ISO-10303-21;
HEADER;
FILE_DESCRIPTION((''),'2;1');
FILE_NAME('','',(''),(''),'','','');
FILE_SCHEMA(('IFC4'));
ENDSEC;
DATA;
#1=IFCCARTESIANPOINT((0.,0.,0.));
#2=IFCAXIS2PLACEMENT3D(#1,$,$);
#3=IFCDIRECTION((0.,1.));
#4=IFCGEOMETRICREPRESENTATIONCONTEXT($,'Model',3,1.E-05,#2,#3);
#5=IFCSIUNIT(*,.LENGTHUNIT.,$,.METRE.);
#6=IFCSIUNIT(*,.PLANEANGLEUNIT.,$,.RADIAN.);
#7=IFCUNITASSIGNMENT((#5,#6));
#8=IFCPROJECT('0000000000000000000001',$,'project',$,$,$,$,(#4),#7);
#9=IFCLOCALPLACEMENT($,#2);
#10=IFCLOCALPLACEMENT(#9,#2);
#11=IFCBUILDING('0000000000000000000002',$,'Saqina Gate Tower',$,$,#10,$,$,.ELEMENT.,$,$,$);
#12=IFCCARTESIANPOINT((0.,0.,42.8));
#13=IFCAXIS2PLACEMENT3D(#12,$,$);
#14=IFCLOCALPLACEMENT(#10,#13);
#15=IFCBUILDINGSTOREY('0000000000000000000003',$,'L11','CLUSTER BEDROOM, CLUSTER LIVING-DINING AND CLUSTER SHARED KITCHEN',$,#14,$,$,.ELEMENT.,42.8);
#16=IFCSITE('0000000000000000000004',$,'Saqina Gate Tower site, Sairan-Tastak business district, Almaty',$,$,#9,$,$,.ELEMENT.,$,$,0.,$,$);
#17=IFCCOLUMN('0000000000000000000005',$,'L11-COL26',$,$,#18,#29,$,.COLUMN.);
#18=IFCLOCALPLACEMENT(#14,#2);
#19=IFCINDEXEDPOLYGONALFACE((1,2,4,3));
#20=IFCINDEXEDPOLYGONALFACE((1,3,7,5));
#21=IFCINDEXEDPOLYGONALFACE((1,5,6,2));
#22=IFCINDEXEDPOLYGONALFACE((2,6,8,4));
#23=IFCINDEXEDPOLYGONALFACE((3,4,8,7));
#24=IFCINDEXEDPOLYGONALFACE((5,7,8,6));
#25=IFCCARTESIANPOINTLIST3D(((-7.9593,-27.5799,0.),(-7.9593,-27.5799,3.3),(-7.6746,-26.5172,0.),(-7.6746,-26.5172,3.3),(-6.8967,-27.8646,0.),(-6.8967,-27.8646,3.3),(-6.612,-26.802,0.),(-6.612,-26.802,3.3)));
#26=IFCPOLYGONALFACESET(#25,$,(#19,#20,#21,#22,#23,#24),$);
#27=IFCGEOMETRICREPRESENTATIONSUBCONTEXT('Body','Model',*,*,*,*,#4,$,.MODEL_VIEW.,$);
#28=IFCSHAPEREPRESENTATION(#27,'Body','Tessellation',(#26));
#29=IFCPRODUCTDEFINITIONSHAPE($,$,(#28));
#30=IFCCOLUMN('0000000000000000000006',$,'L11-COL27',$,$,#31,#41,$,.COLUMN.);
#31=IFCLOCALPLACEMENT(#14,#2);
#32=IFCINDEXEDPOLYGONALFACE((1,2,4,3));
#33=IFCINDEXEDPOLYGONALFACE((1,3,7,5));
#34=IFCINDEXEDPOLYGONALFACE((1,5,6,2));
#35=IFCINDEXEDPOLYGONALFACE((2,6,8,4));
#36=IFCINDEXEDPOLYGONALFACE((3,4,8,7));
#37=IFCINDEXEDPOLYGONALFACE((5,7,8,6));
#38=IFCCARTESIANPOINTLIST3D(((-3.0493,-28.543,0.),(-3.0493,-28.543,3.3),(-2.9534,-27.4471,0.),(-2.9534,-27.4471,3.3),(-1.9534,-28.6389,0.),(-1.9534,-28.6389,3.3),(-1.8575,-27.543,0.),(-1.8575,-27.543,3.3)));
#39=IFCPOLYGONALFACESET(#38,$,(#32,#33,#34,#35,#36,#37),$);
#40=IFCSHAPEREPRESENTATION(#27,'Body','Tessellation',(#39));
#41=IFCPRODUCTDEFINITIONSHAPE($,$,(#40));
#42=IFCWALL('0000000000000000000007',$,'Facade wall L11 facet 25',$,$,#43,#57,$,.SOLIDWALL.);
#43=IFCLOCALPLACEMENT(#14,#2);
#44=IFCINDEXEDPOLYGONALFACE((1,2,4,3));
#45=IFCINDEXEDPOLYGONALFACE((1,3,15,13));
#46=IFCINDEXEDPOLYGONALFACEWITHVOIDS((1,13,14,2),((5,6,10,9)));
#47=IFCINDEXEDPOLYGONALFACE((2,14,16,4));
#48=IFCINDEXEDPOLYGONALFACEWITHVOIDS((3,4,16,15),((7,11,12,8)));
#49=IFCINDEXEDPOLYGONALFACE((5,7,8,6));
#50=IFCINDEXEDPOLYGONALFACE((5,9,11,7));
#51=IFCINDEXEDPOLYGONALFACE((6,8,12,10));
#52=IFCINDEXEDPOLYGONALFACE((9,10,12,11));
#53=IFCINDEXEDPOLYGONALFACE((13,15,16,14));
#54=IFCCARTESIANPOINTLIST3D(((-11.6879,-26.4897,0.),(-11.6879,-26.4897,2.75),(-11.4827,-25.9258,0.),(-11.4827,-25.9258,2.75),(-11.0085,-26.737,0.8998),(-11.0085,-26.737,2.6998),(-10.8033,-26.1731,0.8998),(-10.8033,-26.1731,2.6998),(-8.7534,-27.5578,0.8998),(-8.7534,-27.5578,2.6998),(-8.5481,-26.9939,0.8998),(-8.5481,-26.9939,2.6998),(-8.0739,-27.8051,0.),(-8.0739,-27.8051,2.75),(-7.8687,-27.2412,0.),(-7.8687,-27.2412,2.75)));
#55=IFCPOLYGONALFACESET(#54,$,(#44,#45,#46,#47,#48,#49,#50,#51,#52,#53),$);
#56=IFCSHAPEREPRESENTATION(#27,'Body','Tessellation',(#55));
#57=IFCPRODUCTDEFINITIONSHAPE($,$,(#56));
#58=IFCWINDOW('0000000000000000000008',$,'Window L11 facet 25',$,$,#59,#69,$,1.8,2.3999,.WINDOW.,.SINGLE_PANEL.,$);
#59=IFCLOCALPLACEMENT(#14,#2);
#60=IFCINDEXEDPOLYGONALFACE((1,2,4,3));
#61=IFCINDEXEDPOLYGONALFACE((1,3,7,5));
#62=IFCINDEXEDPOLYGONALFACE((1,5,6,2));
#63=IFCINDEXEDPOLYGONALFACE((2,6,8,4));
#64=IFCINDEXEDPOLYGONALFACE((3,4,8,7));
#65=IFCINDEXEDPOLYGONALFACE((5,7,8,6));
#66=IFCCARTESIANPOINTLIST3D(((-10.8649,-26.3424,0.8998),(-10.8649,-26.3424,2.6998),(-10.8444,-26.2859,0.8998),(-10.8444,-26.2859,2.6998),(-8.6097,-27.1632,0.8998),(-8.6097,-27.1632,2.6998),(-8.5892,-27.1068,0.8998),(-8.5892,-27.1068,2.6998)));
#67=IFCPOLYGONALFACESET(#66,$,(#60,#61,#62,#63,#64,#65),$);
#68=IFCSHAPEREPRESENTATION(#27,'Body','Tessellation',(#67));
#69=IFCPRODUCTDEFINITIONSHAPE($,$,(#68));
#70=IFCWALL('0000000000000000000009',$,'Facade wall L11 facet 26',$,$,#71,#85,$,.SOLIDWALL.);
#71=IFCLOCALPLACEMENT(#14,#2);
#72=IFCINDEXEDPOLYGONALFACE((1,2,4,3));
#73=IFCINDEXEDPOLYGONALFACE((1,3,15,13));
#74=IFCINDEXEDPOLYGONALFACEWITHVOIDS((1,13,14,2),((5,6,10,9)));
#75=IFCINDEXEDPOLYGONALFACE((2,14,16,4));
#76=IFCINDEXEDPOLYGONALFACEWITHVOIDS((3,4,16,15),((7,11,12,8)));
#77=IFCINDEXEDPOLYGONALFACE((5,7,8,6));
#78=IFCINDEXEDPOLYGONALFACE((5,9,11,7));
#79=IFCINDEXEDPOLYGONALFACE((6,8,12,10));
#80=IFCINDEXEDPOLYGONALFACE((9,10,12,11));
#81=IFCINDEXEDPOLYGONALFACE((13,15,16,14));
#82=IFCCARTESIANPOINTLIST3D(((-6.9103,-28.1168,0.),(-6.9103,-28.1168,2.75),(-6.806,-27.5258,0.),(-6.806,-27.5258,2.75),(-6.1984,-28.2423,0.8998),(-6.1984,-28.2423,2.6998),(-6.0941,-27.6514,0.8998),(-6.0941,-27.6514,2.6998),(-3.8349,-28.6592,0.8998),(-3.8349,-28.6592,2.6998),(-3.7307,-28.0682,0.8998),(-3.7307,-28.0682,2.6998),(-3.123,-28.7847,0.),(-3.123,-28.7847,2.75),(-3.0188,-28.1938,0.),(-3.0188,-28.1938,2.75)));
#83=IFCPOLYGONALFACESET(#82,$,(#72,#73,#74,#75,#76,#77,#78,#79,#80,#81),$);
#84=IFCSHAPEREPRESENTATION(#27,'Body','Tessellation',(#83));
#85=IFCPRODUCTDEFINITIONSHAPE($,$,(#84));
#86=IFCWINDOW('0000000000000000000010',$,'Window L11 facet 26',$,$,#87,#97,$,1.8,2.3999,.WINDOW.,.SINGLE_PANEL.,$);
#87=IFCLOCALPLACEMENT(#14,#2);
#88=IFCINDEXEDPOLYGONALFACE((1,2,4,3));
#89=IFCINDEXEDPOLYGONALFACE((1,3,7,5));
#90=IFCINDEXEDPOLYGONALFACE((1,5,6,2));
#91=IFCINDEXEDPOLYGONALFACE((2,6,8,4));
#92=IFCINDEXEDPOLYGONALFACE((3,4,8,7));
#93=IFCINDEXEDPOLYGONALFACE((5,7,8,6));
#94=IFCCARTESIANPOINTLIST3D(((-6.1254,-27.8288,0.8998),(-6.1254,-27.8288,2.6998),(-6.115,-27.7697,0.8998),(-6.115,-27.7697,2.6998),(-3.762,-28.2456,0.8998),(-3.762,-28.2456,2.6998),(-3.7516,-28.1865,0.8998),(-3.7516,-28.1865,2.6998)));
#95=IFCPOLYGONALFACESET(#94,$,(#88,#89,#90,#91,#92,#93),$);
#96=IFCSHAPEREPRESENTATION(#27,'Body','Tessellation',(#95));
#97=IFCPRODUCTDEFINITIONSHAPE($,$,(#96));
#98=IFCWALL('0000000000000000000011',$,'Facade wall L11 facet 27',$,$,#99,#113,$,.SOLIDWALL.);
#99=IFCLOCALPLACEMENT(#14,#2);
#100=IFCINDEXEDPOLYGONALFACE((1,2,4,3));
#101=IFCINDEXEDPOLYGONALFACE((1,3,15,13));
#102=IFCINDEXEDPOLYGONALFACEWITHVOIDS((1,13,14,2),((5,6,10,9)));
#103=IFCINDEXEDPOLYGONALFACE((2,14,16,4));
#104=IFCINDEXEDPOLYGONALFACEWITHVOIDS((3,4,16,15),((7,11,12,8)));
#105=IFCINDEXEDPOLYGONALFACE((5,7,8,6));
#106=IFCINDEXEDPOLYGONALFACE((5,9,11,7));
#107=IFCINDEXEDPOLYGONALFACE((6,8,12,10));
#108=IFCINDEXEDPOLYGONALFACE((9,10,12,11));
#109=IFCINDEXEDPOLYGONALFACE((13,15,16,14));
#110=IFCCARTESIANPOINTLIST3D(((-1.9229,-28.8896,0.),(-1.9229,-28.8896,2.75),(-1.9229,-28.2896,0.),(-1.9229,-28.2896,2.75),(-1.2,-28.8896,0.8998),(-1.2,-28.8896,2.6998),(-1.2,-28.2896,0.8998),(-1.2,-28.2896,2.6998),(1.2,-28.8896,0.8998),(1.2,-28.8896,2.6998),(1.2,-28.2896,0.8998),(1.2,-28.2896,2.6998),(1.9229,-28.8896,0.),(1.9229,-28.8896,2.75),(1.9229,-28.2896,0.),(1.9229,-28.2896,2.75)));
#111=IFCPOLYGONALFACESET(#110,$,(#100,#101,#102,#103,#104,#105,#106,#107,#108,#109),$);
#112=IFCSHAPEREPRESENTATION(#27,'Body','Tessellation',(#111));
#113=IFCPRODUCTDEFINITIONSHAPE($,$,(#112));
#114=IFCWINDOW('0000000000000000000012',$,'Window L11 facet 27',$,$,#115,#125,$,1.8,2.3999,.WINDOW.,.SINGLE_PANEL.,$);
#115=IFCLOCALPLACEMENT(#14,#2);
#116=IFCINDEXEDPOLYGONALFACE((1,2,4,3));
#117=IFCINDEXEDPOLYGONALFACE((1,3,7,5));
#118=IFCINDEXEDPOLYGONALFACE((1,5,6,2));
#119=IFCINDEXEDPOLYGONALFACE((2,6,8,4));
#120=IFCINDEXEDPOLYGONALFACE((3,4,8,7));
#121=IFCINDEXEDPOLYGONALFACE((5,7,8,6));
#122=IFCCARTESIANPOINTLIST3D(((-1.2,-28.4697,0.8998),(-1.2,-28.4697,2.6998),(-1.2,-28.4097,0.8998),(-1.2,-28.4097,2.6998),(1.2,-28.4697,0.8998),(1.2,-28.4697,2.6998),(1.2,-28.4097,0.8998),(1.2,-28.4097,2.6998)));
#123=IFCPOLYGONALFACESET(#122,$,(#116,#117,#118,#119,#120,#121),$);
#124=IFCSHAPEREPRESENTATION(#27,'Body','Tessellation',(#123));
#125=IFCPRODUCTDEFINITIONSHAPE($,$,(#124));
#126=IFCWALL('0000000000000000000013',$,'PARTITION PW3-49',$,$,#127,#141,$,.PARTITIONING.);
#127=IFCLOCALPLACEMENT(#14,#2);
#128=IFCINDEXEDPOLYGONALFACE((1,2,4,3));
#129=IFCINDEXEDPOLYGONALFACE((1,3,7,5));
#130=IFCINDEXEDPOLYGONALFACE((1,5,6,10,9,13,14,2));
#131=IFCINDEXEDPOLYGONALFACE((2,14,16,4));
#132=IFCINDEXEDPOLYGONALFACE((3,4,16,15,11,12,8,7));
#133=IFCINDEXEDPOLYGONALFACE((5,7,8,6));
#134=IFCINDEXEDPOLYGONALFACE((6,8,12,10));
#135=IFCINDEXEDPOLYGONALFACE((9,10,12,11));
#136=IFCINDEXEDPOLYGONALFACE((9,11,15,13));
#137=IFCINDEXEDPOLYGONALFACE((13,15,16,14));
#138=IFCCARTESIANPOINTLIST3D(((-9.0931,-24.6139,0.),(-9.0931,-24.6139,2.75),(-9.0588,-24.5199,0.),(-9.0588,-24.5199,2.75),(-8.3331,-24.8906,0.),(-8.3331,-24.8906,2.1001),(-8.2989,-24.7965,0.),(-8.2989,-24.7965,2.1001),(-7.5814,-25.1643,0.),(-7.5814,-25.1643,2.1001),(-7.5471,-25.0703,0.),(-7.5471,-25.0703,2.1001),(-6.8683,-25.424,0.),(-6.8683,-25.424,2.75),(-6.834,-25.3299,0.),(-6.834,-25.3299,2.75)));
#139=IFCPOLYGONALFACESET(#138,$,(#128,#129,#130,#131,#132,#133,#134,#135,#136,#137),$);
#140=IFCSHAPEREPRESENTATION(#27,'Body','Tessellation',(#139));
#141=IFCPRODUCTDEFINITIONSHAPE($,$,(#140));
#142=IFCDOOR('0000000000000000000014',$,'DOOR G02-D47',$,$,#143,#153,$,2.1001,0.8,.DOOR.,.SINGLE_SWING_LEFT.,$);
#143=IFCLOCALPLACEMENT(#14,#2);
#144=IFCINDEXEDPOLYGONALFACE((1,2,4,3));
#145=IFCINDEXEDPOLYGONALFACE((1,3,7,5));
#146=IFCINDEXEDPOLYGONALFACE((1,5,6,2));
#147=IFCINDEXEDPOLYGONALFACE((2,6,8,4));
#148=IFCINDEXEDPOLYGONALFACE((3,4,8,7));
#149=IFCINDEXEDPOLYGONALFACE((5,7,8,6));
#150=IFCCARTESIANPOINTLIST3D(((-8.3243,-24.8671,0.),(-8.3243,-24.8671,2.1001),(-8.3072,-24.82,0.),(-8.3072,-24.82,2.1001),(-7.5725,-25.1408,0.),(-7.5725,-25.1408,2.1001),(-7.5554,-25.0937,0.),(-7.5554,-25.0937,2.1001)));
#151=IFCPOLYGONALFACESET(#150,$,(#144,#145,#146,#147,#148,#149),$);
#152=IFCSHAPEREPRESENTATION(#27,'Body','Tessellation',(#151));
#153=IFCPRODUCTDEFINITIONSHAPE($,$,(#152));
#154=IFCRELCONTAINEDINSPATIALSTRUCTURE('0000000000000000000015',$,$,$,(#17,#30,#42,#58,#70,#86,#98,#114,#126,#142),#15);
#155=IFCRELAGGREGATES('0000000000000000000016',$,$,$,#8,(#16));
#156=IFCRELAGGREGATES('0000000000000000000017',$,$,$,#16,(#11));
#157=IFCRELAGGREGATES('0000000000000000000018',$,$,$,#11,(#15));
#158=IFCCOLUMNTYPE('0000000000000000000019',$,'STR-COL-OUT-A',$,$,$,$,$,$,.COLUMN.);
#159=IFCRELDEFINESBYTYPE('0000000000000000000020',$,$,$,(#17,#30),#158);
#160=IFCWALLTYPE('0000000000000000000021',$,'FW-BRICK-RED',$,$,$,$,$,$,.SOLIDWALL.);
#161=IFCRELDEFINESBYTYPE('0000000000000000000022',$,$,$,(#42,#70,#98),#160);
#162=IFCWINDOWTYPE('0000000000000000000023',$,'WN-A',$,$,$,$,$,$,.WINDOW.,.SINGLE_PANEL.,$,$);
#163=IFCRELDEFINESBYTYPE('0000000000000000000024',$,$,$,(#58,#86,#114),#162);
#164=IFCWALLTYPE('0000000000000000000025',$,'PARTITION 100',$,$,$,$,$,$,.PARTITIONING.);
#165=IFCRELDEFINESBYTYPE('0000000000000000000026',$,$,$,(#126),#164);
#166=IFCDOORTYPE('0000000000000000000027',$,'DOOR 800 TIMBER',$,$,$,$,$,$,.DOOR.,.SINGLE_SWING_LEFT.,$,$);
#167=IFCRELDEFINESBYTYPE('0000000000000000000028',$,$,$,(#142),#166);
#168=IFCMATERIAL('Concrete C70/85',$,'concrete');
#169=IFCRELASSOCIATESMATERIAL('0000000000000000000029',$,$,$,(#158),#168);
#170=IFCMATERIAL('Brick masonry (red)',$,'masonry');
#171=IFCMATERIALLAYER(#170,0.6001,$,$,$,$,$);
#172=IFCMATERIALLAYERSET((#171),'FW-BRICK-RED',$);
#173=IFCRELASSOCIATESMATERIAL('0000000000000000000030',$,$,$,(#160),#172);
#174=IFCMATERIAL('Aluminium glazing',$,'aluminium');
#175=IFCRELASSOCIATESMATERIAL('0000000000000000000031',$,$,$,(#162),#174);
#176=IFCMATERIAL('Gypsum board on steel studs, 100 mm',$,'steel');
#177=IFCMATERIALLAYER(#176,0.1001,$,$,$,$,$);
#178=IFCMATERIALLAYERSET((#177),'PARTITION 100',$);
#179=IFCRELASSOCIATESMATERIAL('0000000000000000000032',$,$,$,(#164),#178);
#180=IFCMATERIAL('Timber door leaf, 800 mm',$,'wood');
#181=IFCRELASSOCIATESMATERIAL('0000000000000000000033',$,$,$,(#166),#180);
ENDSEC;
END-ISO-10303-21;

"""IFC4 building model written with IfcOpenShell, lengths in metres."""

from ifc_helpers import new_model, si_unit, direction, frame, frame_2d, origin, origin_2d, place, context, subcontext, project, spatial, rectangle, extrude, material, layer, layer_set, material_profile, profile_set, type_object, element, fill, save


model = new_model("IFC4")

# Units and contexts
model_context = context("Model", 3, precision=1e-05, world=origin(), true_north=direction((0.0, 1.0)))
body_context = subcontext(model_context, "Body", "Model", "MODEL_VIEW")
ifc_project = project(units=[si_unit("LENGTHUNIT", "METRE"), si_unit("PLANEANGLEUNIT", "RADIAN")], contexts=[model_context])

# Site, building, storey
site_placement = place(None, origin())
site = spatial("IfcSite", under=ifc_project, at=site_placement, Name="Saqina Gate Tower site, Sairan-Tastak business district, Almaty", CompositionType="ELEMENT", RefElevation=0.0)
building_placement = place(site_placement, origin())
building = spatial("IfcBuilding", under=site, at=building_placement, Name="Saqina Gate Tower", CompositionType="ELEMENT")
storey_placement = place(building_placement, frame((0.0, 0.0, 42.8)))
storey = spatial("IfcBuildingStorey", under=building, at=storey_placement, Name="L11", Description="CLUSTER BEDROOM, CLUSTER LIVING-DINING AND CLUSTER SHARED KITCHEN", CompositionType="ELEMENT", Elevation=42.8)

# Columns
ifc_material_1 = material(Name="Concrete C70/85", Category="concrete")
ifc_material_profile = material_profile(ifc_material_1, rectangle(XDim=1.1001, YDim=1.1001, at=origin_2d()), Name="RC 1100x1100")
ifc_profile_set = profile_set([ifc_material_profile], Name="Concrete C70/85")
column_type = type_object("IfcColumnType", Name="STR-COL-OUT-A", PredefinedType="COLUMN", material=ifc_profile_set)
for number, where, z_axis, x_axis, name in (
    (1, (-7.2856, -27.1909, 0.0), (0.0, 0.0, 1.0), (-0.258819, -0.965926, 0.0), "L11-COL26"),
    (2, (-2.4534, -28.043, 0.0), (0.0, 0.0, 1.0), (-0.087156, -0.996195, 0.0), "L11-COL27"),
):
    element("IfcColumn", number, at=place(storey_placement, frame(where, z_axis=z_axis, x_axis=x_axis)), inside=storey, type_object=column_type, Name=name, PredefinedType="COLUMN", context=body_context, shape_type="SweptSolid", body=[
        extrude(rectangle(XDim=1.1001, YDim=1.1001, at=origin_2d()), origin(), (0.0, 0.0, 1.0), 3.3),
    ])

# Walls, openings, windows
ifc_material_2 = material(Name="Brick masonry (red)", Category="masonry")
ifc_layer_1 = layer(ifc_material_2, 0.6001)
ifc_layer_set_1 = layer_set([ifc_layer_1], Name="FW-BRICK-RED")
wall_type_1 = type_object("IfcWallType", Name="FW-BRICK-RED", PredefinedType="SOLIDWALL", material=ifc_layer_set_1)
wall_1_placement = place(storey_placement, frame((-11.5852, -26.2078, 0.0), z_axis=(0.0, 0.0, 1.0), x_axis=(0.93969, -0.342028, 0.0)))
wall_1 = element("IfcWall", 3, at=wall_1_placement, inside=storey, type_object=wall_type_1, Name="Facade wall L11 facet 25", PredefinedType="SOLIDWALL", context=body_context, shape_type="SweptSolid", body=[
    extrude(rectangle(XDim=3.8459, YDim=0.6001, at=frame_2d((1.9229, 0.0))), origin(), (0.0, 0.0, 1.0), 2.75),
])
opening_1_placement = place(wall_1_placement, frame((0.7229, 0.0, 0.8999)))
opening_1 = element("IfcOpeningElement", 4, at=opening_1_placement, cuts=wall_1, PredefinedType="OPENING", context=body_context, shape_type="SweptSolid", body=[
    extrude(rectangle(XDim=2.3999, YDim=1.8, at=frame_2d((1.2, 0.8999))), frame((0.0, 0.312, 0.0), z_axis=(0.0, -1.0, 0.0), x_axis=(1.0, 0.0, 0.0)), (0.0, 0.0, 1.0), 0.624),
])
ifc_material_3 = material(Name="Aluminium glazing", Category="aluminium")
window_type = type_object("IfcWindowType", Name="WN-A", PartitioningType="SINGLE_PANEL", PredefinedType="WINDOW", material=ifc_material_3)
window_1_placement = place(opening_1_placement, origin())
window_1 = element("IfcWindow", 5, at=window_1_placement, inside=storey, type_object=window_type, Name="Window L11 facet 25", OverallHeight=1.8, OverallWidth=2.3999, PartitioningType="SINGLE_PANEL", PredefinedType="WINDOW", context=body_context, shape_type="SweptSolid", body=[
    extrude(rectangle(XDim=2.3999, YDim=1.8, at=frame_2d((1.2, 0.8999))), frame((0.0, 0.1799, 0.0), z_axis=(0.0, -1.0, 0.0), x_axis=(1.0, 0.0, 0.0)), (0.0, 0.0, 1.0), 0.0601),
])
fill(opening_1, window_1)
wall_2_placement = place(storey_placement, frame((-6.8582, -27.8213, 0.0), z_axis=(0.0, 0.0, 1.0), x_axis=(0.984801, -0.173688, 0.0)))
wall_2 = element("IfcWall", 6, at=wall_2_placement, inside=storey, type_object=wall_type_1, Name="Facade wall L11 facet 26", PredefinedType="SOLIDWALL", context=body_context, shape_type="SweptSolid", body=[
    extrude(rectangle(XDim=3.8457, YDim=0.6001, at=frame_2d((1.9229, 0.0))), origin(), (0.0, 0.0, 1.0), 2.75),
])
opening_2_placement = place(wall_2_placement, frame((0.7229, 0.0, 0.8999)))
opening_2 = element("IfcOpeningElement", 7, at=opening_2_placement, cuts=wall_2, PredefinedType="OPENING", context=body_context, shape_type="SweptSolid", body=[
    extrude(rectangle(XDim=2.3999, YDim=1.8, at=frame_2d((1.2, 0.8999))), frame((0.0, 0.312, 0.0), z_axis=(0.0, -1.0, 0.0), x_axis=(1.0, 0.0, 0.0)), (0.0, 0.0, 1.0), 0.624),
])
window_2_placement = place(opening_2_placement, origin())
window_2 = element("IfcWindow", 8, at=window_2_placement, inside=storey, type_object=window_type, Name="Window L11 facet 26", OverallHeight=1.8, OverallWidth=2.3999, PartitioningType="SINGLE_PANEL", PredefinedType="WINDOW", context=body_context, shape_type="SweptSolid", body=[
    extrude(rectangle(XDim=2.3999, YDim=1.8, at=frame_2d((1.2, 0.8999))), frame((0.0, 0.1799, 0.0), z_axis=(0.0, -1.0, 0.0), x_axis=(1.0, 0.0, 0.0)), (0.0, 0.0, 1.0), 0.0601),
])
fill(opening_2, window_2)
wall_3_placement = place(storey_placement, frame((-1.9229, -28.5896, 0.0), z_axis=(0.0, 0.0, 1.0), x_axis=(1.0, 0.0, 0.0)))
wall_3 = element("IfcWall", 9, at=wall_3_placement, inside=storey, type_object=wall_type_1, Name="Facade wall L11 facet 27", PredefinedType="SOLIDWALL", context=body_context, shape_type="SweptSolid", body=[
    extrude(rectangle(XDim=3.8457, YDim=0.6001, at=frame_2d((1.9229, 0.0))), origin(), (0.0, 0.0, 1.0), 2.75),
])
opening_3_placement = place(wall_3_placement, frame((0.7229, 0.0, 0.8999)))
opening_3 = element("IfcOpeningElement", 10, at=opening_3_placement, cuts=wall_3, PredefinedType="OPENING", context=body_context, shape_type="SweptSolid", body=[
    extrude(rectangle(XDim=2.3999, YDim=1.8, at=frame_2d((1.2, 0.8999))), frame((0.0, 0.312, 0.0), z_axis=(0.0, -1.0, 0.0), x_axis=(1.0, 0.0, 0.0)), (0.0, 0.0, 1.0), 0.624),
])
window_3_placement = place(opening_3_placement, origin())
window_3 = element("IfcWindow", 11, at=window_3_placement, inside=storey, type_object=window_type, Name="Window L11 facet 27", OverallHeight=1.8, OverallWidth=2.3999, PartitioningType="SINGLE_PANEL", PredefinedType="WINDOW", context=body_context, shape_type="SweptSolid", body=[
    extrude(rectangle(XDim=2.3999, YDim=1.8, at=frame_2d((1.2, 0.8999))), frame((0.0, 0.1799, 0.0), z_axis=(0.0, -1.0, 0.0), x_axis=(1.0, 0.0, 0.0)), (0.0, 0.0, 1.0), 0.0601),
])
fill(opening_3, window_3)

# Wall, opening, door
ifc_material_4 = material(Name="Gypsum board on steel studs, 100 mm", Category="steel")
ifc_layer_2 = layer(ifc_material_4, 0.1001)
ifc_layer_set_2 = layer_set([ifc_layer_2], Name="PARTITION 100")
wall_type_2 = type_object("IfcWallType", Name="PARTITION 100", PredefinedType="PARTITIONING", material=ifc_layer_set_2)
wall_4_placement = place(storey_placement, frame((-9.0759, -24.5669, 0.0), z_axis=(0.0, 0.0, 1.0), x_axis=(0.939655, -0.342124, 0.0)))
wall_4 = element("IfcWall", 12, at=wall_4_placement, inside=storey, type_object=wall_type_2, Name="PARTITION PW3-49", PredefinedType="PARTITIONING", context=body_context, shape_type="SweptSolid", body=[
    extrude(rectangle(XDim=2.3677, YDim=0.1001, at=frame_2d((1.1838, 0.0))), origin(), (0.0, 0.0, 1.0), 2.75),
])
opening_4_placement = place(wall_4_placement, frame((0.8088, 0.0, 0.0)))
opening_4 = element("IfcOpeningElement", 13, at=opening_4_placement, cuts=wall_4, PredefinedType="OPENING", context=body_context, shape_type="SweptSolid", body=[
    extrude(rectangle(XDim=0.8, YDim=2.1001, at=frame_2d((0.3999, 1.05))), frame((0.0, 0.062, 0.0), z_axis=(0.0, -1.0, 0.0), x_axis=(1.0, 0.0, 0.0)), (0.0, 0.0, 1.0), 0.124),
])
ifc_material_5 = material(Name="Timber door leaf, 800 mm", Category="wood")
door_type_1 = type_object("IfcDoorType", Name="DOOR 800 TIMBER", OperationType="SINGLE_SWING_LEFT", PredefinedType="DOOR", material=ifc_material_5)
door_1_placement = place(opening_4_placement, frame((0.8, 0.0, 0.0), z_axis=(0.0, 0.0, 1.0), x_axis=(-1.0, 0.0, 0.0)))
door_1 = element("IfcDoor", 14, at=door_1_placement, inside=storey, type_object=door_type_1, Name="DOOR G02-D47", OperationType="SINGLE_SWING_LEFT", OverallHeight=2.1001, OverallWidth=0.8, PredefinedType="DOOR", context=body_context, shape_type="SweptSolid", body=[
    extrude(rectangle(XDim=0.8, YDim=2.1001, at=frame_2d((0.3999, 1.05))), frame((0.0, 0.0249, 0.0), z_axis=(0.0, -1.0, 0.0), x_axis=(1.0, 0.0, 0.0)), (0.0, 0.0, 1.0), 0.05),
])
fill(opening_4, door_1)

save(model, "model.ifc")
